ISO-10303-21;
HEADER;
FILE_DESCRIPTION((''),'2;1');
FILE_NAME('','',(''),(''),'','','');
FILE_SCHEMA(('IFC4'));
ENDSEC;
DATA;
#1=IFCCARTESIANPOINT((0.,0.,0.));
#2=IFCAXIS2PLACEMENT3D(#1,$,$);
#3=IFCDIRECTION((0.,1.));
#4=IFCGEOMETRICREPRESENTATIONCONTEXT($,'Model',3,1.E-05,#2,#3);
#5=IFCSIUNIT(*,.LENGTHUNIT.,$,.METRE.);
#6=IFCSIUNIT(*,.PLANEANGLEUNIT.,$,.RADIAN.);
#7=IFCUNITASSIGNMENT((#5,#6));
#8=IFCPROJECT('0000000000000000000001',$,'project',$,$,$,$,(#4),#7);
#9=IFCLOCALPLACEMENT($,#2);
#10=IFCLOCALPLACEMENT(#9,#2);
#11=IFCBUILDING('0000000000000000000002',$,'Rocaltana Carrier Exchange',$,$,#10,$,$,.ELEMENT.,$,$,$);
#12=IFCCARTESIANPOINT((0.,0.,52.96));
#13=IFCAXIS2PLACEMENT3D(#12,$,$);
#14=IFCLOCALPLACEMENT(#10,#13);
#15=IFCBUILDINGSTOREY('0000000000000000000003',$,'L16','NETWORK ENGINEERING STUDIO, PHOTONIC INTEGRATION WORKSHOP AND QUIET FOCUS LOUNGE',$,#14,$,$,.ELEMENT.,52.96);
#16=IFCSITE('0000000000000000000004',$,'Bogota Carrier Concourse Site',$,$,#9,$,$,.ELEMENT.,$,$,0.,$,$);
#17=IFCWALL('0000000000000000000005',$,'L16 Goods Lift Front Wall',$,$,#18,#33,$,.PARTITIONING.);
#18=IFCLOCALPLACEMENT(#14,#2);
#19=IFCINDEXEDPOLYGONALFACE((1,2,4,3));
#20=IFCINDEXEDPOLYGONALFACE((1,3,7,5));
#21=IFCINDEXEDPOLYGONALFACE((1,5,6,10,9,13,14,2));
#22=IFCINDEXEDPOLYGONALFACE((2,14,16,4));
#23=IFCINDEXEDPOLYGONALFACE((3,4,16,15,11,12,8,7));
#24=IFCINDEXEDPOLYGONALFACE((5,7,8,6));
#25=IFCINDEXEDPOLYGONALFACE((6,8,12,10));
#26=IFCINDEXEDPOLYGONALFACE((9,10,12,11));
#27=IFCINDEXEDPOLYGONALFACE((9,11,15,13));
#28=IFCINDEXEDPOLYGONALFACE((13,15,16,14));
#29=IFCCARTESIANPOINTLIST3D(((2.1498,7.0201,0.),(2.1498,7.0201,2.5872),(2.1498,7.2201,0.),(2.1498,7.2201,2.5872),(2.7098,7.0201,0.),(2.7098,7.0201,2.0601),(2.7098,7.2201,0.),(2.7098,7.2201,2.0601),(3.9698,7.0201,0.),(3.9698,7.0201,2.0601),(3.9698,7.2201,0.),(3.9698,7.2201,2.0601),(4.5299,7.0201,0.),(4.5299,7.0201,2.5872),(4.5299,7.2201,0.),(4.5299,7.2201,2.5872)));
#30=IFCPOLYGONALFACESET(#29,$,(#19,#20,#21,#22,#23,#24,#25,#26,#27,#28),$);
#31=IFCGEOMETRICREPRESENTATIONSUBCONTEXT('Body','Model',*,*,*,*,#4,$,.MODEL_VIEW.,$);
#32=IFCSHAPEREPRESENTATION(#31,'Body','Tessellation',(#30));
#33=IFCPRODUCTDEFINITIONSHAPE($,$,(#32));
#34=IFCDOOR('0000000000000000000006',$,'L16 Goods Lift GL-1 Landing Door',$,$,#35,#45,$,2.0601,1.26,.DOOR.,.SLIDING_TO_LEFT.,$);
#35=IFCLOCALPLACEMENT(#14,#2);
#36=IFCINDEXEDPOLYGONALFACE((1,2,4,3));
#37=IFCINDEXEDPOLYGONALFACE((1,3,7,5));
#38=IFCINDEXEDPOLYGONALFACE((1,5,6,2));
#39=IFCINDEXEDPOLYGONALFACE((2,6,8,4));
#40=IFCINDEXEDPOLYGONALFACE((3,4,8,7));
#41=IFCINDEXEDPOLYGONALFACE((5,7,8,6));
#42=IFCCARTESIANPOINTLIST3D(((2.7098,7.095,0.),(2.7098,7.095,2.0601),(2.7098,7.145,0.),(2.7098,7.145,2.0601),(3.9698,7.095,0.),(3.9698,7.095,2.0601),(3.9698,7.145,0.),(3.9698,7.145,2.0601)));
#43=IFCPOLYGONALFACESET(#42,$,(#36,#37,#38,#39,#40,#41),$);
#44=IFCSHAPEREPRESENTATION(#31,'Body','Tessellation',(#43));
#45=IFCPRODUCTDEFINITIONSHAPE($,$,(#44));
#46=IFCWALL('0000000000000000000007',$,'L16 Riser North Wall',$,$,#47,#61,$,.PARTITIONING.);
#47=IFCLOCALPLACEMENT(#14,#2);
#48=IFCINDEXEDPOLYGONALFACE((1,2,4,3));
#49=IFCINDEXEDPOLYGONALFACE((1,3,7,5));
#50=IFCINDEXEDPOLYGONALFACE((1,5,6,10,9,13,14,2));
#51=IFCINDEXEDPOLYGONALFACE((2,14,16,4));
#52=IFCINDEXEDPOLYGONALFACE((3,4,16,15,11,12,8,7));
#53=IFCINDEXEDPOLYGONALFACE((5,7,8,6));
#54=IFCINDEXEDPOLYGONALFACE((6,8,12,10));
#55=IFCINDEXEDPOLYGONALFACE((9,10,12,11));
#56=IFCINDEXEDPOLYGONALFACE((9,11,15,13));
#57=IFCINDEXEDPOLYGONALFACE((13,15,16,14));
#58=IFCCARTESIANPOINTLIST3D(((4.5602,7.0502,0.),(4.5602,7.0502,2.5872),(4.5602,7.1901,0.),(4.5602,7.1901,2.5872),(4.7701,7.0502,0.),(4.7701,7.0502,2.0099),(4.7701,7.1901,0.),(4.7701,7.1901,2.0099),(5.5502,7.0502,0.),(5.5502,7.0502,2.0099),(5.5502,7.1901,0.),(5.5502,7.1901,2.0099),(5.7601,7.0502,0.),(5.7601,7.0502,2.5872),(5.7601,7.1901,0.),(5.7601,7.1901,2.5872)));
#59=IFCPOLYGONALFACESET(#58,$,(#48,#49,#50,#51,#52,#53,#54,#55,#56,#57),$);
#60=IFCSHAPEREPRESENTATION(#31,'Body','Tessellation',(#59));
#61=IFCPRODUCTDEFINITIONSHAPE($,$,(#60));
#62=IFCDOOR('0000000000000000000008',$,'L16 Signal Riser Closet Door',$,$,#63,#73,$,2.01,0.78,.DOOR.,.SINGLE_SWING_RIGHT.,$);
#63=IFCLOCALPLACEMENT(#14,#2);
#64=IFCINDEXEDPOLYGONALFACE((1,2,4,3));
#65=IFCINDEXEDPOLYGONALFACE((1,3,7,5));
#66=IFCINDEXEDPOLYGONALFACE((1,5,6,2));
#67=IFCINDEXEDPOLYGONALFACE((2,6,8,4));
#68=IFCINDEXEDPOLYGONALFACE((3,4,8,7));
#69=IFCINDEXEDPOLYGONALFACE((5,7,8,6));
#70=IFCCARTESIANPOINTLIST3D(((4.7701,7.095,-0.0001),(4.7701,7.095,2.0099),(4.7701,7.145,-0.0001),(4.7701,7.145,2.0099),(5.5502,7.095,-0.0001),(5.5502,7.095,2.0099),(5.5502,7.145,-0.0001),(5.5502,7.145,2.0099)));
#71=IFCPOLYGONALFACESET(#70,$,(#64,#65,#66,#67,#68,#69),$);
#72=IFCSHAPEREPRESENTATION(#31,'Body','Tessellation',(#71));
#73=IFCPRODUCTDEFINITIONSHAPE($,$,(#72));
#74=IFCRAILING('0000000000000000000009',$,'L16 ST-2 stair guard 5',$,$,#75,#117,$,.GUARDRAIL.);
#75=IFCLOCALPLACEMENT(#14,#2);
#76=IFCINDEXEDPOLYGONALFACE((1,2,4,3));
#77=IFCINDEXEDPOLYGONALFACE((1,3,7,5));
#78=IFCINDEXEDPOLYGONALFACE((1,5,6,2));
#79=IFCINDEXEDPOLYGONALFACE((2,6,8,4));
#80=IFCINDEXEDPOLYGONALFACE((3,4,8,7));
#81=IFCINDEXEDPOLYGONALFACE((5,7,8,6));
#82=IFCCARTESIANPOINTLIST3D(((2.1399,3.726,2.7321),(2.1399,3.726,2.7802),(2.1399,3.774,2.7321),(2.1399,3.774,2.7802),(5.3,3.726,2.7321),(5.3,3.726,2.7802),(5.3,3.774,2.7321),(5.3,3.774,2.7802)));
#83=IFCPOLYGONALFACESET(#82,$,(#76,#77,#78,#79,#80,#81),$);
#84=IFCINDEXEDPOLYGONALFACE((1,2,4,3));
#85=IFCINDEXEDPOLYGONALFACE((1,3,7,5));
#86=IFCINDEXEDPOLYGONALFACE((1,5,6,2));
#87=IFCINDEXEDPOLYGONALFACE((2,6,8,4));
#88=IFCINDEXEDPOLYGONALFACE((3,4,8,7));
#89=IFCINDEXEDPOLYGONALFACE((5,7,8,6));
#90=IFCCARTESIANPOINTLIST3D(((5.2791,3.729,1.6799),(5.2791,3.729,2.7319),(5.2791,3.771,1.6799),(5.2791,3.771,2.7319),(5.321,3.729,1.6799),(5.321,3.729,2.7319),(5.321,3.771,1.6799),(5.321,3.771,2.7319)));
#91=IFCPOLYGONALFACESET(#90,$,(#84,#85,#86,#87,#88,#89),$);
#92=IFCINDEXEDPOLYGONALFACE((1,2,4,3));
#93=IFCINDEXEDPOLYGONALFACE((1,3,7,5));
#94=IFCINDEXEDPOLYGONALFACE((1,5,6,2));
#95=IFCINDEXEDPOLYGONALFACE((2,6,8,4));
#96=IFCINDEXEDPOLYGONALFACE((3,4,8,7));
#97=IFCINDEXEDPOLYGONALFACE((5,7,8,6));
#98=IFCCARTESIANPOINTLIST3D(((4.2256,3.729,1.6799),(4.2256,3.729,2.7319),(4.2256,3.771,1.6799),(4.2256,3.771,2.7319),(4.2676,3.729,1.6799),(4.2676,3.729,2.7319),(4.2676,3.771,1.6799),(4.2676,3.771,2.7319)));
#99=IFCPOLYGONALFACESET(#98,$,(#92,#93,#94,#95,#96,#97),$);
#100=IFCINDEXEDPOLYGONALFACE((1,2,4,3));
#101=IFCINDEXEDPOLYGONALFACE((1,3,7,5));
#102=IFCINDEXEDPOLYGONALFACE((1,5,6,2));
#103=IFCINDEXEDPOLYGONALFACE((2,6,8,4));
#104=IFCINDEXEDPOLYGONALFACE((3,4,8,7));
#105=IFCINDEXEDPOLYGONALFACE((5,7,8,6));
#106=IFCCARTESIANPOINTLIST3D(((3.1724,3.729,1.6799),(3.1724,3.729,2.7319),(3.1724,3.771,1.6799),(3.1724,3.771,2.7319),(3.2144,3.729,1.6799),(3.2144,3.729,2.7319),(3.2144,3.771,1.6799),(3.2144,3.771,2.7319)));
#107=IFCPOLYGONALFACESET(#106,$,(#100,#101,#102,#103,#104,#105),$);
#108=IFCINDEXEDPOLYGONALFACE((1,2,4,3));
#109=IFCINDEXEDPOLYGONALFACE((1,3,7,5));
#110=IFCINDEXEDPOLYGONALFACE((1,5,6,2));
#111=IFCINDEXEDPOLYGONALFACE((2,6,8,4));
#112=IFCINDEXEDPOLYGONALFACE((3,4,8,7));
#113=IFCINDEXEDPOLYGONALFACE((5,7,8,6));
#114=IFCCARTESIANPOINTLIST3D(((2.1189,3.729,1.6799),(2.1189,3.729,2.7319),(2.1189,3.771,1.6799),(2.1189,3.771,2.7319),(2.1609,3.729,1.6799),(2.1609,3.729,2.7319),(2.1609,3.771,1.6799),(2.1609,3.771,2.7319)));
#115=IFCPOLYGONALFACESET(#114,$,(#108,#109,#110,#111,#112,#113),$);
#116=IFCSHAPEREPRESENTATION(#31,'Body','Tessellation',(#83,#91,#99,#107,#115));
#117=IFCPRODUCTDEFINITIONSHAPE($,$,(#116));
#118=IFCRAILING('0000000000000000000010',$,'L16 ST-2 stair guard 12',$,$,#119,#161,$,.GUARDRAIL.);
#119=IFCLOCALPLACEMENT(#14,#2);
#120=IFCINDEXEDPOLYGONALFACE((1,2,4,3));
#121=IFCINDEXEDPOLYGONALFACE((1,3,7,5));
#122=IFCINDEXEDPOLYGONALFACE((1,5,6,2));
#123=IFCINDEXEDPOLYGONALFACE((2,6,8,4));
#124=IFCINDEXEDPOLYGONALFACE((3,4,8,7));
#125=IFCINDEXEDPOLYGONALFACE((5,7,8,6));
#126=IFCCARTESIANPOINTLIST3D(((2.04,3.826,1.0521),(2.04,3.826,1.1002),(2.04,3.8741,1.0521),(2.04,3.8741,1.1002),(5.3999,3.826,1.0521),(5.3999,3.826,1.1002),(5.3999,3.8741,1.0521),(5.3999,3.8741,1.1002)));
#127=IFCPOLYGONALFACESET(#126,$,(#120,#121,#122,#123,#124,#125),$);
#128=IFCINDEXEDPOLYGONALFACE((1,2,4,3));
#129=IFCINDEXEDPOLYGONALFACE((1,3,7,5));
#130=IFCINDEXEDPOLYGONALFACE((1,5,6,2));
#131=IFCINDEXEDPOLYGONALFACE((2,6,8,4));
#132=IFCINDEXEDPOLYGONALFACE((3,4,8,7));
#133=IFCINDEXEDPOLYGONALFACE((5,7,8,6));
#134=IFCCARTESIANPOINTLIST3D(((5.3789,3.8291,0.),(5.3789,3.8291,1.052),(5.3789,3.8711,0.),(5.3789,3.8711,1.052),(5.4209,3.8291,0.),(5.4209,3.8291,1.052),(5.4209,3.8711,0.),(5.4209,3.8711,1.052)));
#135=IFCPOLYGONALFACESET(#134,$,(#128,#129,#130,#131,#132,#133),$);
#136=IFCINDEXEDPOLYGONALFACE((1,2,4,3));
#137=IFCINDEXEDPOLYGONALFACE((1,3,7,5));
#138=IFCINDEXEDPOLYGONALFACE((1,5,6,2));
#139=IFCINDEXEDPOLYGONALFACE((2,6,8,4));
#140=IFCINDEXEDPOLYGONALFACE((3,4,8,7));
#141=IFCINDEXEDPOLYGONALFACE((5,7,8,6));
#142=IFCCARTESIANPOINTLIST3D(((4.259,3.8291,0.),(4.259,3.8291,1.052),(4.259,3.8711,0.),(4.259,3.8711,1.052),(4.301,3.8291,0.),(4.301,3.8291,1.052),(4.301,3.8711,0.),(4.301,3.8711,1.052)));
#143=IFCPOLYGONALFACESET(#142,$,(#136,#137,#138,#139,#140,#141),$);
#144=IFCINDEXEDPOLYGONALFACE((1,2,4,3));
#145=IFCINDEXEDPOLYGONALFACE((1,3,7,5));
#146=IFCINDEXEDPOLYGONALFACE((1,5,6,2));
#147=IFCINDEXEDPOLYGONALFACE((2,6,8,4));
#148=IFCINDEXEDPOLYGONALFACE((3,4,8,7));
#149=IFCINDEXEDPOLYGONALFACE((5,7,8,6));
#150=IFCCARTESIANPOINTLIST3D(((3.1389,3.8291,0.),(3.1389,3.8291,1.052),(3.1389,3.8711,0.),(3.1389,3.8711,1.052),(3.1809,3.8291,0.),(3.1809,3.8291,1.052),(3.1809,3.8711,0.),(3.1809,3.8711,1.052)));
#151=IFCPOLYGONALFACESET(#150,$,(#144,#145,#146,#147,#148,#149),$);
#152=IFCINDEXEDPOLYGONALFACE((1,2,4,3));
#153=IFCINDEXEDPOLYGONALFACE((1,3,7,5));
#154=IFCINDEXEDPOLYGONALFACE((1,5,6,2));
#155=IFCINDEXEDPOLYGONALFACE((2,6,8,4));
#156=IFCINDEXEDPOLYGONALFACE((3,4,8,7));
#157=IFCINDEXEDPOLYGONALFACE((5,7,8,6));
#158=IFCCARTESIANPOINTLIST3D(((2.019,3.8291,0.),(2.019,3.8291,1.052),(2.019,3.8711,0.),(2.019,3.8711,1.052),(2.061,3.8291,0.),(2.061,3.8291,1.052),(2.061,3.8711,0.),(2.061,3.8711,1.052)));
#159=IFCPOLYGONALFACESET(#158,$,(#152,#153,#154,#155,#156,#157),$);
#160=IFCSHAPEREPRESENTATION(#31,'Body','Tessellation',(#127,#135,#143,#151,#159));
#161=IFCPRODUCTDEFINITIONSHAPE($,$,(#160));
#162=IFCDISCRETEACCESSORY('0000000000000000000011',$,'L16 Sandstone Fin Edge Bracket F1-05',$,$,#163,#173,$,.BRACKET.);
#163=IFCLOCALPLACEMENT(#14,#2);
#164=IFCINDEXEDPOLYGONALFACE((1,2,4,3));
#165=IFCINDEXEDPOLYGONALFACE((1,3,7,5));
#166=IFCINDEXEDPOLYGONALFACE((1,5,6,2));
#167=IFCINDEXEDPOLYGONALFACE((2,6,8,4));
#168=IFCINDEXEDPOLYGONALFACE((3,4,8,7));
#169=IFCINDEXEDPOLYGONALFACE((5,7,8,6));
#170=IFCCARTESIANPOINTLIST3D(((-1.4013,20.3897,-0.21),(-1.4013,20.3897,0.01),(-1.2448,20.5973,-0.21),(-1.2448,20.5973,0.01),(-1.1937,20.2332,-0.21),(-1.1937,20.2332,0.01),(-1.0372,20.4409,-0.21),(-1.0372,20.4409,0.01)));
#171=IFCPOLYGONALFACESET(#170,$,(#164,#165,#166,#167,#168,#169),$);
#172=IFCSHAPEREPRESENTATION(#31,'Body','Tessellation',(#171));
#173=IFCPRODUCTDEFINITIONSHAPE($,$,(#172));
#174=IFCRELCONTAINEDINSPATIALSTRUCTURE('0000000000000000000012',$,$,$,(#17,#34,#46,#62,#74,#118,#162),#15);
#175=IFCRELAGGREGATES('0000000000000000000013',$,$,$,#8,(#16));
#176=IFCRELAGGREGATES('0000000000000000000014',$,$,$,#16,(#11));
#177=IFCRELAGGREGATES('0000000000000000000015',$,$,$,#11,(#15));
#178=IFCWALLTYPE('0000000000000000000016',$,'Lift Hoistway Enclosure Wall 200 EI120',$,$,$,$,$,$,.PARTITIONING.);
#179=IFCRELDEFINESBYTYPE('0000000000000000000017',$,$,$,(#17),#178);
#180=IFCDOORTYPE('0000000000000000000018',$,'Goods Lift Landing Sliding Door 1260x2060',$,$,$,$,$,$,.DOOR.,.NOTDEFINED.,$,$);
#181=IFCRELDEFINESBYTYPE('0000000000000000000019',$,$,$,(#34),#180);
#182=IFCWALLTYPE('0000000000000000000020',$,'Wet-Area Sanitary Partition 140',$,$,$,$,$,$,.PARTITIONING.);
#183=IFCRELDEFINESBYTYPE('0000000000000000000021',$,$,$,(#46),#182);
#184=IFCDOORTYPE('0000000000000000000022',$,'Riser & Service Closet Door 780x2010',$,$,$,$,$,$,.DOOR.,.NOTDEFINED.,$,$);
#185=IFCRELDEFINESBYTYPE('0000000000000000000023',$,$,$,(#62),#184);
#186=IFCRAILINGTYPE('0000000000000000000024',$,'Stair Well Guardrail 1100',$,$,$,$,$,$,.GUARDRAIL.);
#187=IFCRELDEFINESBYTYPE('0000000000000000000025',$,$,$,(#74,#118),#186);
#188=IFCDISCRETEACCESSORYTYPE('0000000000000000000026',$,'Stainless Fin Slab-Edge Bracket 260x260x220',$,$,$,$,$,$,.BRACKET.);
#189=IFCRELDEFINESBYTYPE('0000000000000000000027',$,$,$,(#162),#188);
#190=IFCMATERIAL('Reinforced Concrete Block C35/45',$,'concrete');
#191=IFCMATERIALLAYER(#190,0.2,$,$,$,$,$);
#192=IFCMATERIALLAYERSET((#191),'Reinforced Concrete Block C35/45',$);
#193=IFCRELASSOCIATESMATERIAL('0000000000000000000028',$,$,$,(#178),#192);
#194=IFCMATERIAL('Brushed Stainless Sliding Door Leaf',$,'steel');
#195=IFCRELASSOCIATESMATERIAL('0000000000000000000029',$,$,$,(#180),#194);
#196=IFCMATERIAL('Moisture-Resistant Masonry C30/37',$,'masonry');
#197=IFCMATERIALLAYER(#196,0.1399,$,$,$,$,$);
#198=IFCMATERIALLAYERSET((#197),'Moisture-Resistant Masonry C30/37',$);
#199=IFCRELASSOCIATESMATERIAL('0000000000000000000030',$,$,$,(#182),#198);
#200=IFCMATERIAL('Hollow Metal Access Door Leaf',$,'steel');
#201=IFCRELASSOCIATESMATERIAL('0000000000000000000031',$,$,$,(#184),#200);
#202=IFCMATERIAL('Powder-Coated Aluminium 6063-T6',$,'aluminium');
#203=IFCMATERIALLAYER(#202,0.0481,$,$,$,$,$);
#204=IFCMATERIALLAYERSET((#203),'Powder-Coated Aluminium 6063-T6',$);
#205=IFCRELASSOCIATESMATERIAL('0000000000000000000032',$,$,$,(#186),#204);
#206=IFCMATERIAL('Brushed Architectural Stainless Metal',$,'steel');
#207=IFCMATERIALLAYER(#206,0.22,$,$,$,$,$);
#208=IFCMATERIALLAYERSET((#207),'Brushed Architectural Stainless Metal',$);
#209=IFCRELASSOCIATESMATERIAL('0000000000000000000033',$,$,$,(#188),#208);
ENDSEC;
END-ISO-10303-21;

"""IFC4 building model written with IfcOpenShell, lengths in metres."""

from ifc_helpers import new_model, si_unit, direction, frame, frame_2d, origin, origin_2d, place, context, subcontext, project, spatial, rectangle, extrude, material, layer, layer_set, type_object, element, fill, save


model = new_model("IFC4")

# Units and contexts
model_context = context("Model", 3, precision=1e-05, world=origin(), true_north=direction((0.0, 1.0)))
body_context = subcontext(model_context, "Body", "Model", "MODEL_VIEW")
ifc_project = project(units=[si_unit("LENGTHUNIT", "METRE"), si_unit("PLANEANGLEUNIT", "RADIAN")], contexts=[model_context])

# Site, building, storey
site_placement = place(None, origin())
site = spatial("IfcSite", under=ifc_project, at=site_placement, Name="Bogota Carrier Concourse Site", CompositionType="ELEMENT", RefElevation=0.0)
building_placement = place(site_placement, origin())
building = spatial("IfcBuilding", under=site, at=building_placement, Name="Rocaltana Carrier Exchange", CompositionType="ELEMENT")
storey_placement = place(building_placement, frame((0.0, 0.0, 52.96)))
storey = spatial("IfcBuildingStorey", under=building, at=storey_placement, Name="L16", Description="NETWORK ENGINEERING STUDIO, PHOTONIC INTEGRATION WORKSHOP AND QUIET FOCUS LOUNGE", CompositionType="ELEMENT", Elevation=52.96)

# Shared definitions
ifc_material_1 = material(Name="Reinforced Concrete Block C35/45", Category="concrete")
ifc_layer_1 = layer(ifc_material_1, 0.2)
ifc_layer_set_1 = layer_set([ifc_layer_1], Name="Reinforced Concrete Block C35/45")
wall_type_1 = type_object("IfcWallType", Name="Lift Hoistway Enclosure Wall 200 EI120", PredefinedType="PARTITIONING", material=ifc_layer_set_1)

# Walls, openings, doors
wall_1_placement = place(storey_placement, frame((2.1499, 7.1201, 0.0), z_axis=(0.0, 0.0, 1.0), x_axis=(1.0, 0.0, 0.0)))
wall_1 = element("IfcWall", 1, at=wall_1_placement, inside=storey, type_object=wall_type_1, Name="L16 Goods Lift Front Wall", PredefinedType="PARTITIONING", context=body_context, shape_type="SweptSolid", body=[
    extrude(rectangle(XDim=2.3801, YDim=0.2, at=frame_2d((1.1899, 0.0))), origin(), (0.0, 0.0, 1.0), 2.5872),
])
opening_1_placement = place(wall_1_placement, frame((0.5601, 0.0, 0.0)))
opening_1 = element("IfcOpeningElement", 2, at=opening_1_placement, cuts=wall_1, PredefinedType="OPENING", context=body_context, shape_type="SweptSolid", body=[
    extrude(rectangle(XDim=1.26, YDim=2.0601, at=frame_2d((0.6299, 1.03))), frame((0.0, 0.1099, 0.0), z_axis=(0.0, -1.0, 0.0), x_axis=(1.0, 0.0, 0.0)), (0.0, 0.0, 1.0), 0.22),
])
ifc_material_2 = material(Name="Brushed Stainless Sliding Door Leaf", Category="steel")
door_type_1 = type_object("IfcDoorType", Name="Goods Lift Landing Sliding Door 1260x2060", OperationType="NOTDEFINED", PredefinedType="DOOR", material=ifc_material_2)
door_1_placement = place(opening_1_placement, origin())
door_1 = element("IfcDoor", 3, at=door_1_placement, inside=storey, type_object=door_type_1, Name="L16 Goods Lift GL-1 Landing Door", OperationType="SLIDING_TO_LEFT", OverallHeight=2.0601, OverallWidth=1.26, PredefinedType="DOOR", context=body_context, shape_type="SweptSolid", body=[
    extrude(rectangle(XDim=1.26, YDim=2.0601, at=frame_2d((0.6299, 1.03))), frame((0.0, 0.0249, 0.0), z_axis=(0.0, -1.0, 0.0), x_axis=(1.0, 0.0, 0.0)), (0.0, 0.0, 1.0), 0.05),
])
fill(opening_1, door_1)
ifc_material_3 = material(Name="Moisture-Resistant Masonry C30/37", Category="masonry")
ifc_layer_2 = layer(ifc_material_3, 0.1399)
ifc_layer_set_2 = layer_set([ifc_layer_2], Name="Moisture-Resistant Masonry C30/37")
wall_type_2 = type_object("IfcWallType", Name="Wet-Area Sanitary Partition 140", PredefinedType="PARTITIONING", material=ifc_layer_set_2)
wall_2_placement = place(storey_placement, frame((4.5601, 7.1201, 0.0), z_axis=(0.0, 0.0, 1.0), x_axis=(1.0, 0.0, 0.0)))
wall_2 = element("IfcWall", 4, at=wall_2_placement, inside=storey, type_object=wall_type_2, Name="L16 Riser North Wall", PredefinedType="PARTITIONING", context=body_context, shape_type="SweptSolid", body=[
    extrude(rectangle(XDim=1.2, YDim=0.1399, at=frame_2d((0.6001, 0.0))), origin(), (0.0, 0.0, 1.0), 2.5872),
])
opening_2_placement = place(wall_2_placement, frame((0.21, 0.0, 0.0)))
opening_2 = element("IfcOpeningElement", 5, at=opening_2_placement, cuts=wall_2, PredefinedType="OPENING", context=body_context, shape_type="SweptSolid", body=[
    extrude(rectangle(XDim=0.78, YDim=2.01, at=frame_2d((0.3901, 1.0049))), frame((0.0, 0.0798, 0.0), z_axis=(0.0, -1.0, 0.0), x_axis=(1.0, 0.0, 0.0)), (0.0, 0.0, 1.0), 0.1599),
])
ifc_material_4 = material(Name="Hollow Metal Access Door Leaf", Category="steel")
door_type_2 = type_object("IfcDoorType", Name="Riser & Service Closet Door 780x2010", OperationType="NOTDEFINED", PredefinedType="DOOR", material=ifc_material_4)
door_2_placement = place(opening_2_placement, origin())
door_2 = element("IfcDoor", 6, at=door_2_placement, inside=storey, type_object=door_type_2, Name="L16 Signal Riser Closet Door", OperationType="SINGLE_SWING_RIGHT", OverallHeight=2.01, OverallWidth=0.78, PredefinedType="DOOR", context=body_context, shape_type="SweptSolid", body=[
    extrude(rectangle(XDim=0.78, YDim=2.01, at=frame_2d((0.3901, 1.0049))), frame((0.0, 0.0249, 0.0), z_axis=(0.0, -1.0, 0.0), x_axis=(1.0, 0.0, 0.0)), (0.0, 0.0, 1.0), 0.05),
])
fill(opening_2, door_2)

# Railings
ifc_material_5 = material(Name="Powder-Coated Aluminium 6063-T6", Category="aluminium")
ifc_layer_3 = layer(ifc_material_5, 0.0481)
ifc_layer_set_3 = layer_set([ifc_layer_3], Name="Powder-Coated Aluminium 6063-T6")
railing_type = type_object("IfcRailingType", Name="Stair Well Guardrail 1100", PredefinedType="GUARDRAIL", material=ifc_layer_set_3)
railing_1_placement = place(storey_placement, frame((5.3, 3.75, 1.6799)))
element("IfcRailing", 7, at=railing_1_placement, inside=storey, type_object=railing_type, Name="L16 ST-2 stair guard 5", PredefinedType="GUARDRAIL", context=body_context, shape_type="SweptSolid", body=[
    extrude(rectangle(XDim=0.0481, YDim=0.0481, at=origin_2d()), frame((0.0, 0.0, 1.0762), z_axis=(-1.0, 0.0, 0.0), x_axis=(0.0, -1.0, 0.0)), (0.0, 0.0, 1.0), 3.1602),
    extrude(rectangle(XDim=0.042, YDim=0.042, at=origin_2d()), origin(), (0.0, 0.0, 1.0), 1.052),
    extrude(rectangle(XDim=0.042, YDim=0.042, at=origin_2d()), frame((-1.0535, 0.0, 0.0)), (0.0, 0.0, 1.0), 1.052),
    extrude(rectangle(XDim=0.042, YDim=0.042, at=origin_2d()), frame((-2.1067, 0.0, 0.0)), (0.0, 0.0, 1.0), 1.052),
    extrude(rectangle(XDim=0.042, YDim=0.042, at=origin_2d()), frame((-3.1602, 0.0, 0.0)), (0.0, 0.0, 1.0), 1.052),
])
railing_2_placement = place(storey_placement, frame((5.3999, 3.8501, 0.0)))
element("IfcRailing", 8, at=railing_2_placement, inside=storey, type_object=railing_type, Name="L16 ST-2 stair guard 12", PredefinedType="GUARDRAIL", context=body_context, shape_type="SweptSolid", body=[
    extrude(rectangle(XDim=0.0481, YDim=0.0481, at=origin_2d()), frame((0.0, 0.0, 1.0762), z_axis=(-1.0, 0.0, 0.0), x_axis=(0.0, -1.0, 0.0)), (0.0, 0.0, 1.0), 3.3599),
    extrude(rectangle(XDim=0.042, YDim=0.042, at=origin_2d()), origin(), (0.0, 0.0, 1.0), 1.052),
    extrude(rectangle(XDim=0.042, YDim=0.042, at=origin_2d()), frame((-1.1199, 0.0, 0.0)), (0.0, 0.0, 1.0), 1.052),
    extrude(rectangle(XDim=0.042, YDim=0.042, at=origin_2d()), frame((-2.24, 0.0, 0.0)), (0.0, 0.0, 1.0), 1.052),
    extrude(rectangle(XDim=0.042, YDim=0.042, at=origin_2d()), frame((-3.3599, 0.0, 0.0)), (0.0, 0.0, 1.0), 1.052),
])

# Discrete accessory
ifc_material_6 = material(Name="Brushed Architectural Stainless Metal", Category="steel")
ifc_layer_4 = layer(ifc_material_6, 0.22)
ifc_layer_set_4 = layer_set([ifc_layer_4], Name="Brushed Architectural Stainless Metal")
discrete_accessory_type = type_object("IfcDiscreteAccessoryType", Name="Stainless Fin Slab-Edge Bracket 260x260x220", PredefinedType="BRACKET", material=ifc_layer_set_4)
discrete_accessory_placement = place(storey_placement, frame((-1.2192, 20.4153, -0.21), z_axis=(0.0, 0.0, 1.0), x_axis=(-0.798636, 0.601815, 0.0)))
element("IfcDiscreteAccessory", 9, at=discrete_accessory_placement, inside=storey, type_object=discrete_accessory_type, Name="L16 Sandstone Fin Edge Bracket F1-05", PredefinedType="BRACKET", context=body_context, shape_type="SweptSolid", body=[
    extrude(rectangle(XDim=0.26, YDim=0.26, at=origin_2d()), origin(), (0.0, 0.0, 1.0), 0.22),
])

save(model, "model.ifc")
